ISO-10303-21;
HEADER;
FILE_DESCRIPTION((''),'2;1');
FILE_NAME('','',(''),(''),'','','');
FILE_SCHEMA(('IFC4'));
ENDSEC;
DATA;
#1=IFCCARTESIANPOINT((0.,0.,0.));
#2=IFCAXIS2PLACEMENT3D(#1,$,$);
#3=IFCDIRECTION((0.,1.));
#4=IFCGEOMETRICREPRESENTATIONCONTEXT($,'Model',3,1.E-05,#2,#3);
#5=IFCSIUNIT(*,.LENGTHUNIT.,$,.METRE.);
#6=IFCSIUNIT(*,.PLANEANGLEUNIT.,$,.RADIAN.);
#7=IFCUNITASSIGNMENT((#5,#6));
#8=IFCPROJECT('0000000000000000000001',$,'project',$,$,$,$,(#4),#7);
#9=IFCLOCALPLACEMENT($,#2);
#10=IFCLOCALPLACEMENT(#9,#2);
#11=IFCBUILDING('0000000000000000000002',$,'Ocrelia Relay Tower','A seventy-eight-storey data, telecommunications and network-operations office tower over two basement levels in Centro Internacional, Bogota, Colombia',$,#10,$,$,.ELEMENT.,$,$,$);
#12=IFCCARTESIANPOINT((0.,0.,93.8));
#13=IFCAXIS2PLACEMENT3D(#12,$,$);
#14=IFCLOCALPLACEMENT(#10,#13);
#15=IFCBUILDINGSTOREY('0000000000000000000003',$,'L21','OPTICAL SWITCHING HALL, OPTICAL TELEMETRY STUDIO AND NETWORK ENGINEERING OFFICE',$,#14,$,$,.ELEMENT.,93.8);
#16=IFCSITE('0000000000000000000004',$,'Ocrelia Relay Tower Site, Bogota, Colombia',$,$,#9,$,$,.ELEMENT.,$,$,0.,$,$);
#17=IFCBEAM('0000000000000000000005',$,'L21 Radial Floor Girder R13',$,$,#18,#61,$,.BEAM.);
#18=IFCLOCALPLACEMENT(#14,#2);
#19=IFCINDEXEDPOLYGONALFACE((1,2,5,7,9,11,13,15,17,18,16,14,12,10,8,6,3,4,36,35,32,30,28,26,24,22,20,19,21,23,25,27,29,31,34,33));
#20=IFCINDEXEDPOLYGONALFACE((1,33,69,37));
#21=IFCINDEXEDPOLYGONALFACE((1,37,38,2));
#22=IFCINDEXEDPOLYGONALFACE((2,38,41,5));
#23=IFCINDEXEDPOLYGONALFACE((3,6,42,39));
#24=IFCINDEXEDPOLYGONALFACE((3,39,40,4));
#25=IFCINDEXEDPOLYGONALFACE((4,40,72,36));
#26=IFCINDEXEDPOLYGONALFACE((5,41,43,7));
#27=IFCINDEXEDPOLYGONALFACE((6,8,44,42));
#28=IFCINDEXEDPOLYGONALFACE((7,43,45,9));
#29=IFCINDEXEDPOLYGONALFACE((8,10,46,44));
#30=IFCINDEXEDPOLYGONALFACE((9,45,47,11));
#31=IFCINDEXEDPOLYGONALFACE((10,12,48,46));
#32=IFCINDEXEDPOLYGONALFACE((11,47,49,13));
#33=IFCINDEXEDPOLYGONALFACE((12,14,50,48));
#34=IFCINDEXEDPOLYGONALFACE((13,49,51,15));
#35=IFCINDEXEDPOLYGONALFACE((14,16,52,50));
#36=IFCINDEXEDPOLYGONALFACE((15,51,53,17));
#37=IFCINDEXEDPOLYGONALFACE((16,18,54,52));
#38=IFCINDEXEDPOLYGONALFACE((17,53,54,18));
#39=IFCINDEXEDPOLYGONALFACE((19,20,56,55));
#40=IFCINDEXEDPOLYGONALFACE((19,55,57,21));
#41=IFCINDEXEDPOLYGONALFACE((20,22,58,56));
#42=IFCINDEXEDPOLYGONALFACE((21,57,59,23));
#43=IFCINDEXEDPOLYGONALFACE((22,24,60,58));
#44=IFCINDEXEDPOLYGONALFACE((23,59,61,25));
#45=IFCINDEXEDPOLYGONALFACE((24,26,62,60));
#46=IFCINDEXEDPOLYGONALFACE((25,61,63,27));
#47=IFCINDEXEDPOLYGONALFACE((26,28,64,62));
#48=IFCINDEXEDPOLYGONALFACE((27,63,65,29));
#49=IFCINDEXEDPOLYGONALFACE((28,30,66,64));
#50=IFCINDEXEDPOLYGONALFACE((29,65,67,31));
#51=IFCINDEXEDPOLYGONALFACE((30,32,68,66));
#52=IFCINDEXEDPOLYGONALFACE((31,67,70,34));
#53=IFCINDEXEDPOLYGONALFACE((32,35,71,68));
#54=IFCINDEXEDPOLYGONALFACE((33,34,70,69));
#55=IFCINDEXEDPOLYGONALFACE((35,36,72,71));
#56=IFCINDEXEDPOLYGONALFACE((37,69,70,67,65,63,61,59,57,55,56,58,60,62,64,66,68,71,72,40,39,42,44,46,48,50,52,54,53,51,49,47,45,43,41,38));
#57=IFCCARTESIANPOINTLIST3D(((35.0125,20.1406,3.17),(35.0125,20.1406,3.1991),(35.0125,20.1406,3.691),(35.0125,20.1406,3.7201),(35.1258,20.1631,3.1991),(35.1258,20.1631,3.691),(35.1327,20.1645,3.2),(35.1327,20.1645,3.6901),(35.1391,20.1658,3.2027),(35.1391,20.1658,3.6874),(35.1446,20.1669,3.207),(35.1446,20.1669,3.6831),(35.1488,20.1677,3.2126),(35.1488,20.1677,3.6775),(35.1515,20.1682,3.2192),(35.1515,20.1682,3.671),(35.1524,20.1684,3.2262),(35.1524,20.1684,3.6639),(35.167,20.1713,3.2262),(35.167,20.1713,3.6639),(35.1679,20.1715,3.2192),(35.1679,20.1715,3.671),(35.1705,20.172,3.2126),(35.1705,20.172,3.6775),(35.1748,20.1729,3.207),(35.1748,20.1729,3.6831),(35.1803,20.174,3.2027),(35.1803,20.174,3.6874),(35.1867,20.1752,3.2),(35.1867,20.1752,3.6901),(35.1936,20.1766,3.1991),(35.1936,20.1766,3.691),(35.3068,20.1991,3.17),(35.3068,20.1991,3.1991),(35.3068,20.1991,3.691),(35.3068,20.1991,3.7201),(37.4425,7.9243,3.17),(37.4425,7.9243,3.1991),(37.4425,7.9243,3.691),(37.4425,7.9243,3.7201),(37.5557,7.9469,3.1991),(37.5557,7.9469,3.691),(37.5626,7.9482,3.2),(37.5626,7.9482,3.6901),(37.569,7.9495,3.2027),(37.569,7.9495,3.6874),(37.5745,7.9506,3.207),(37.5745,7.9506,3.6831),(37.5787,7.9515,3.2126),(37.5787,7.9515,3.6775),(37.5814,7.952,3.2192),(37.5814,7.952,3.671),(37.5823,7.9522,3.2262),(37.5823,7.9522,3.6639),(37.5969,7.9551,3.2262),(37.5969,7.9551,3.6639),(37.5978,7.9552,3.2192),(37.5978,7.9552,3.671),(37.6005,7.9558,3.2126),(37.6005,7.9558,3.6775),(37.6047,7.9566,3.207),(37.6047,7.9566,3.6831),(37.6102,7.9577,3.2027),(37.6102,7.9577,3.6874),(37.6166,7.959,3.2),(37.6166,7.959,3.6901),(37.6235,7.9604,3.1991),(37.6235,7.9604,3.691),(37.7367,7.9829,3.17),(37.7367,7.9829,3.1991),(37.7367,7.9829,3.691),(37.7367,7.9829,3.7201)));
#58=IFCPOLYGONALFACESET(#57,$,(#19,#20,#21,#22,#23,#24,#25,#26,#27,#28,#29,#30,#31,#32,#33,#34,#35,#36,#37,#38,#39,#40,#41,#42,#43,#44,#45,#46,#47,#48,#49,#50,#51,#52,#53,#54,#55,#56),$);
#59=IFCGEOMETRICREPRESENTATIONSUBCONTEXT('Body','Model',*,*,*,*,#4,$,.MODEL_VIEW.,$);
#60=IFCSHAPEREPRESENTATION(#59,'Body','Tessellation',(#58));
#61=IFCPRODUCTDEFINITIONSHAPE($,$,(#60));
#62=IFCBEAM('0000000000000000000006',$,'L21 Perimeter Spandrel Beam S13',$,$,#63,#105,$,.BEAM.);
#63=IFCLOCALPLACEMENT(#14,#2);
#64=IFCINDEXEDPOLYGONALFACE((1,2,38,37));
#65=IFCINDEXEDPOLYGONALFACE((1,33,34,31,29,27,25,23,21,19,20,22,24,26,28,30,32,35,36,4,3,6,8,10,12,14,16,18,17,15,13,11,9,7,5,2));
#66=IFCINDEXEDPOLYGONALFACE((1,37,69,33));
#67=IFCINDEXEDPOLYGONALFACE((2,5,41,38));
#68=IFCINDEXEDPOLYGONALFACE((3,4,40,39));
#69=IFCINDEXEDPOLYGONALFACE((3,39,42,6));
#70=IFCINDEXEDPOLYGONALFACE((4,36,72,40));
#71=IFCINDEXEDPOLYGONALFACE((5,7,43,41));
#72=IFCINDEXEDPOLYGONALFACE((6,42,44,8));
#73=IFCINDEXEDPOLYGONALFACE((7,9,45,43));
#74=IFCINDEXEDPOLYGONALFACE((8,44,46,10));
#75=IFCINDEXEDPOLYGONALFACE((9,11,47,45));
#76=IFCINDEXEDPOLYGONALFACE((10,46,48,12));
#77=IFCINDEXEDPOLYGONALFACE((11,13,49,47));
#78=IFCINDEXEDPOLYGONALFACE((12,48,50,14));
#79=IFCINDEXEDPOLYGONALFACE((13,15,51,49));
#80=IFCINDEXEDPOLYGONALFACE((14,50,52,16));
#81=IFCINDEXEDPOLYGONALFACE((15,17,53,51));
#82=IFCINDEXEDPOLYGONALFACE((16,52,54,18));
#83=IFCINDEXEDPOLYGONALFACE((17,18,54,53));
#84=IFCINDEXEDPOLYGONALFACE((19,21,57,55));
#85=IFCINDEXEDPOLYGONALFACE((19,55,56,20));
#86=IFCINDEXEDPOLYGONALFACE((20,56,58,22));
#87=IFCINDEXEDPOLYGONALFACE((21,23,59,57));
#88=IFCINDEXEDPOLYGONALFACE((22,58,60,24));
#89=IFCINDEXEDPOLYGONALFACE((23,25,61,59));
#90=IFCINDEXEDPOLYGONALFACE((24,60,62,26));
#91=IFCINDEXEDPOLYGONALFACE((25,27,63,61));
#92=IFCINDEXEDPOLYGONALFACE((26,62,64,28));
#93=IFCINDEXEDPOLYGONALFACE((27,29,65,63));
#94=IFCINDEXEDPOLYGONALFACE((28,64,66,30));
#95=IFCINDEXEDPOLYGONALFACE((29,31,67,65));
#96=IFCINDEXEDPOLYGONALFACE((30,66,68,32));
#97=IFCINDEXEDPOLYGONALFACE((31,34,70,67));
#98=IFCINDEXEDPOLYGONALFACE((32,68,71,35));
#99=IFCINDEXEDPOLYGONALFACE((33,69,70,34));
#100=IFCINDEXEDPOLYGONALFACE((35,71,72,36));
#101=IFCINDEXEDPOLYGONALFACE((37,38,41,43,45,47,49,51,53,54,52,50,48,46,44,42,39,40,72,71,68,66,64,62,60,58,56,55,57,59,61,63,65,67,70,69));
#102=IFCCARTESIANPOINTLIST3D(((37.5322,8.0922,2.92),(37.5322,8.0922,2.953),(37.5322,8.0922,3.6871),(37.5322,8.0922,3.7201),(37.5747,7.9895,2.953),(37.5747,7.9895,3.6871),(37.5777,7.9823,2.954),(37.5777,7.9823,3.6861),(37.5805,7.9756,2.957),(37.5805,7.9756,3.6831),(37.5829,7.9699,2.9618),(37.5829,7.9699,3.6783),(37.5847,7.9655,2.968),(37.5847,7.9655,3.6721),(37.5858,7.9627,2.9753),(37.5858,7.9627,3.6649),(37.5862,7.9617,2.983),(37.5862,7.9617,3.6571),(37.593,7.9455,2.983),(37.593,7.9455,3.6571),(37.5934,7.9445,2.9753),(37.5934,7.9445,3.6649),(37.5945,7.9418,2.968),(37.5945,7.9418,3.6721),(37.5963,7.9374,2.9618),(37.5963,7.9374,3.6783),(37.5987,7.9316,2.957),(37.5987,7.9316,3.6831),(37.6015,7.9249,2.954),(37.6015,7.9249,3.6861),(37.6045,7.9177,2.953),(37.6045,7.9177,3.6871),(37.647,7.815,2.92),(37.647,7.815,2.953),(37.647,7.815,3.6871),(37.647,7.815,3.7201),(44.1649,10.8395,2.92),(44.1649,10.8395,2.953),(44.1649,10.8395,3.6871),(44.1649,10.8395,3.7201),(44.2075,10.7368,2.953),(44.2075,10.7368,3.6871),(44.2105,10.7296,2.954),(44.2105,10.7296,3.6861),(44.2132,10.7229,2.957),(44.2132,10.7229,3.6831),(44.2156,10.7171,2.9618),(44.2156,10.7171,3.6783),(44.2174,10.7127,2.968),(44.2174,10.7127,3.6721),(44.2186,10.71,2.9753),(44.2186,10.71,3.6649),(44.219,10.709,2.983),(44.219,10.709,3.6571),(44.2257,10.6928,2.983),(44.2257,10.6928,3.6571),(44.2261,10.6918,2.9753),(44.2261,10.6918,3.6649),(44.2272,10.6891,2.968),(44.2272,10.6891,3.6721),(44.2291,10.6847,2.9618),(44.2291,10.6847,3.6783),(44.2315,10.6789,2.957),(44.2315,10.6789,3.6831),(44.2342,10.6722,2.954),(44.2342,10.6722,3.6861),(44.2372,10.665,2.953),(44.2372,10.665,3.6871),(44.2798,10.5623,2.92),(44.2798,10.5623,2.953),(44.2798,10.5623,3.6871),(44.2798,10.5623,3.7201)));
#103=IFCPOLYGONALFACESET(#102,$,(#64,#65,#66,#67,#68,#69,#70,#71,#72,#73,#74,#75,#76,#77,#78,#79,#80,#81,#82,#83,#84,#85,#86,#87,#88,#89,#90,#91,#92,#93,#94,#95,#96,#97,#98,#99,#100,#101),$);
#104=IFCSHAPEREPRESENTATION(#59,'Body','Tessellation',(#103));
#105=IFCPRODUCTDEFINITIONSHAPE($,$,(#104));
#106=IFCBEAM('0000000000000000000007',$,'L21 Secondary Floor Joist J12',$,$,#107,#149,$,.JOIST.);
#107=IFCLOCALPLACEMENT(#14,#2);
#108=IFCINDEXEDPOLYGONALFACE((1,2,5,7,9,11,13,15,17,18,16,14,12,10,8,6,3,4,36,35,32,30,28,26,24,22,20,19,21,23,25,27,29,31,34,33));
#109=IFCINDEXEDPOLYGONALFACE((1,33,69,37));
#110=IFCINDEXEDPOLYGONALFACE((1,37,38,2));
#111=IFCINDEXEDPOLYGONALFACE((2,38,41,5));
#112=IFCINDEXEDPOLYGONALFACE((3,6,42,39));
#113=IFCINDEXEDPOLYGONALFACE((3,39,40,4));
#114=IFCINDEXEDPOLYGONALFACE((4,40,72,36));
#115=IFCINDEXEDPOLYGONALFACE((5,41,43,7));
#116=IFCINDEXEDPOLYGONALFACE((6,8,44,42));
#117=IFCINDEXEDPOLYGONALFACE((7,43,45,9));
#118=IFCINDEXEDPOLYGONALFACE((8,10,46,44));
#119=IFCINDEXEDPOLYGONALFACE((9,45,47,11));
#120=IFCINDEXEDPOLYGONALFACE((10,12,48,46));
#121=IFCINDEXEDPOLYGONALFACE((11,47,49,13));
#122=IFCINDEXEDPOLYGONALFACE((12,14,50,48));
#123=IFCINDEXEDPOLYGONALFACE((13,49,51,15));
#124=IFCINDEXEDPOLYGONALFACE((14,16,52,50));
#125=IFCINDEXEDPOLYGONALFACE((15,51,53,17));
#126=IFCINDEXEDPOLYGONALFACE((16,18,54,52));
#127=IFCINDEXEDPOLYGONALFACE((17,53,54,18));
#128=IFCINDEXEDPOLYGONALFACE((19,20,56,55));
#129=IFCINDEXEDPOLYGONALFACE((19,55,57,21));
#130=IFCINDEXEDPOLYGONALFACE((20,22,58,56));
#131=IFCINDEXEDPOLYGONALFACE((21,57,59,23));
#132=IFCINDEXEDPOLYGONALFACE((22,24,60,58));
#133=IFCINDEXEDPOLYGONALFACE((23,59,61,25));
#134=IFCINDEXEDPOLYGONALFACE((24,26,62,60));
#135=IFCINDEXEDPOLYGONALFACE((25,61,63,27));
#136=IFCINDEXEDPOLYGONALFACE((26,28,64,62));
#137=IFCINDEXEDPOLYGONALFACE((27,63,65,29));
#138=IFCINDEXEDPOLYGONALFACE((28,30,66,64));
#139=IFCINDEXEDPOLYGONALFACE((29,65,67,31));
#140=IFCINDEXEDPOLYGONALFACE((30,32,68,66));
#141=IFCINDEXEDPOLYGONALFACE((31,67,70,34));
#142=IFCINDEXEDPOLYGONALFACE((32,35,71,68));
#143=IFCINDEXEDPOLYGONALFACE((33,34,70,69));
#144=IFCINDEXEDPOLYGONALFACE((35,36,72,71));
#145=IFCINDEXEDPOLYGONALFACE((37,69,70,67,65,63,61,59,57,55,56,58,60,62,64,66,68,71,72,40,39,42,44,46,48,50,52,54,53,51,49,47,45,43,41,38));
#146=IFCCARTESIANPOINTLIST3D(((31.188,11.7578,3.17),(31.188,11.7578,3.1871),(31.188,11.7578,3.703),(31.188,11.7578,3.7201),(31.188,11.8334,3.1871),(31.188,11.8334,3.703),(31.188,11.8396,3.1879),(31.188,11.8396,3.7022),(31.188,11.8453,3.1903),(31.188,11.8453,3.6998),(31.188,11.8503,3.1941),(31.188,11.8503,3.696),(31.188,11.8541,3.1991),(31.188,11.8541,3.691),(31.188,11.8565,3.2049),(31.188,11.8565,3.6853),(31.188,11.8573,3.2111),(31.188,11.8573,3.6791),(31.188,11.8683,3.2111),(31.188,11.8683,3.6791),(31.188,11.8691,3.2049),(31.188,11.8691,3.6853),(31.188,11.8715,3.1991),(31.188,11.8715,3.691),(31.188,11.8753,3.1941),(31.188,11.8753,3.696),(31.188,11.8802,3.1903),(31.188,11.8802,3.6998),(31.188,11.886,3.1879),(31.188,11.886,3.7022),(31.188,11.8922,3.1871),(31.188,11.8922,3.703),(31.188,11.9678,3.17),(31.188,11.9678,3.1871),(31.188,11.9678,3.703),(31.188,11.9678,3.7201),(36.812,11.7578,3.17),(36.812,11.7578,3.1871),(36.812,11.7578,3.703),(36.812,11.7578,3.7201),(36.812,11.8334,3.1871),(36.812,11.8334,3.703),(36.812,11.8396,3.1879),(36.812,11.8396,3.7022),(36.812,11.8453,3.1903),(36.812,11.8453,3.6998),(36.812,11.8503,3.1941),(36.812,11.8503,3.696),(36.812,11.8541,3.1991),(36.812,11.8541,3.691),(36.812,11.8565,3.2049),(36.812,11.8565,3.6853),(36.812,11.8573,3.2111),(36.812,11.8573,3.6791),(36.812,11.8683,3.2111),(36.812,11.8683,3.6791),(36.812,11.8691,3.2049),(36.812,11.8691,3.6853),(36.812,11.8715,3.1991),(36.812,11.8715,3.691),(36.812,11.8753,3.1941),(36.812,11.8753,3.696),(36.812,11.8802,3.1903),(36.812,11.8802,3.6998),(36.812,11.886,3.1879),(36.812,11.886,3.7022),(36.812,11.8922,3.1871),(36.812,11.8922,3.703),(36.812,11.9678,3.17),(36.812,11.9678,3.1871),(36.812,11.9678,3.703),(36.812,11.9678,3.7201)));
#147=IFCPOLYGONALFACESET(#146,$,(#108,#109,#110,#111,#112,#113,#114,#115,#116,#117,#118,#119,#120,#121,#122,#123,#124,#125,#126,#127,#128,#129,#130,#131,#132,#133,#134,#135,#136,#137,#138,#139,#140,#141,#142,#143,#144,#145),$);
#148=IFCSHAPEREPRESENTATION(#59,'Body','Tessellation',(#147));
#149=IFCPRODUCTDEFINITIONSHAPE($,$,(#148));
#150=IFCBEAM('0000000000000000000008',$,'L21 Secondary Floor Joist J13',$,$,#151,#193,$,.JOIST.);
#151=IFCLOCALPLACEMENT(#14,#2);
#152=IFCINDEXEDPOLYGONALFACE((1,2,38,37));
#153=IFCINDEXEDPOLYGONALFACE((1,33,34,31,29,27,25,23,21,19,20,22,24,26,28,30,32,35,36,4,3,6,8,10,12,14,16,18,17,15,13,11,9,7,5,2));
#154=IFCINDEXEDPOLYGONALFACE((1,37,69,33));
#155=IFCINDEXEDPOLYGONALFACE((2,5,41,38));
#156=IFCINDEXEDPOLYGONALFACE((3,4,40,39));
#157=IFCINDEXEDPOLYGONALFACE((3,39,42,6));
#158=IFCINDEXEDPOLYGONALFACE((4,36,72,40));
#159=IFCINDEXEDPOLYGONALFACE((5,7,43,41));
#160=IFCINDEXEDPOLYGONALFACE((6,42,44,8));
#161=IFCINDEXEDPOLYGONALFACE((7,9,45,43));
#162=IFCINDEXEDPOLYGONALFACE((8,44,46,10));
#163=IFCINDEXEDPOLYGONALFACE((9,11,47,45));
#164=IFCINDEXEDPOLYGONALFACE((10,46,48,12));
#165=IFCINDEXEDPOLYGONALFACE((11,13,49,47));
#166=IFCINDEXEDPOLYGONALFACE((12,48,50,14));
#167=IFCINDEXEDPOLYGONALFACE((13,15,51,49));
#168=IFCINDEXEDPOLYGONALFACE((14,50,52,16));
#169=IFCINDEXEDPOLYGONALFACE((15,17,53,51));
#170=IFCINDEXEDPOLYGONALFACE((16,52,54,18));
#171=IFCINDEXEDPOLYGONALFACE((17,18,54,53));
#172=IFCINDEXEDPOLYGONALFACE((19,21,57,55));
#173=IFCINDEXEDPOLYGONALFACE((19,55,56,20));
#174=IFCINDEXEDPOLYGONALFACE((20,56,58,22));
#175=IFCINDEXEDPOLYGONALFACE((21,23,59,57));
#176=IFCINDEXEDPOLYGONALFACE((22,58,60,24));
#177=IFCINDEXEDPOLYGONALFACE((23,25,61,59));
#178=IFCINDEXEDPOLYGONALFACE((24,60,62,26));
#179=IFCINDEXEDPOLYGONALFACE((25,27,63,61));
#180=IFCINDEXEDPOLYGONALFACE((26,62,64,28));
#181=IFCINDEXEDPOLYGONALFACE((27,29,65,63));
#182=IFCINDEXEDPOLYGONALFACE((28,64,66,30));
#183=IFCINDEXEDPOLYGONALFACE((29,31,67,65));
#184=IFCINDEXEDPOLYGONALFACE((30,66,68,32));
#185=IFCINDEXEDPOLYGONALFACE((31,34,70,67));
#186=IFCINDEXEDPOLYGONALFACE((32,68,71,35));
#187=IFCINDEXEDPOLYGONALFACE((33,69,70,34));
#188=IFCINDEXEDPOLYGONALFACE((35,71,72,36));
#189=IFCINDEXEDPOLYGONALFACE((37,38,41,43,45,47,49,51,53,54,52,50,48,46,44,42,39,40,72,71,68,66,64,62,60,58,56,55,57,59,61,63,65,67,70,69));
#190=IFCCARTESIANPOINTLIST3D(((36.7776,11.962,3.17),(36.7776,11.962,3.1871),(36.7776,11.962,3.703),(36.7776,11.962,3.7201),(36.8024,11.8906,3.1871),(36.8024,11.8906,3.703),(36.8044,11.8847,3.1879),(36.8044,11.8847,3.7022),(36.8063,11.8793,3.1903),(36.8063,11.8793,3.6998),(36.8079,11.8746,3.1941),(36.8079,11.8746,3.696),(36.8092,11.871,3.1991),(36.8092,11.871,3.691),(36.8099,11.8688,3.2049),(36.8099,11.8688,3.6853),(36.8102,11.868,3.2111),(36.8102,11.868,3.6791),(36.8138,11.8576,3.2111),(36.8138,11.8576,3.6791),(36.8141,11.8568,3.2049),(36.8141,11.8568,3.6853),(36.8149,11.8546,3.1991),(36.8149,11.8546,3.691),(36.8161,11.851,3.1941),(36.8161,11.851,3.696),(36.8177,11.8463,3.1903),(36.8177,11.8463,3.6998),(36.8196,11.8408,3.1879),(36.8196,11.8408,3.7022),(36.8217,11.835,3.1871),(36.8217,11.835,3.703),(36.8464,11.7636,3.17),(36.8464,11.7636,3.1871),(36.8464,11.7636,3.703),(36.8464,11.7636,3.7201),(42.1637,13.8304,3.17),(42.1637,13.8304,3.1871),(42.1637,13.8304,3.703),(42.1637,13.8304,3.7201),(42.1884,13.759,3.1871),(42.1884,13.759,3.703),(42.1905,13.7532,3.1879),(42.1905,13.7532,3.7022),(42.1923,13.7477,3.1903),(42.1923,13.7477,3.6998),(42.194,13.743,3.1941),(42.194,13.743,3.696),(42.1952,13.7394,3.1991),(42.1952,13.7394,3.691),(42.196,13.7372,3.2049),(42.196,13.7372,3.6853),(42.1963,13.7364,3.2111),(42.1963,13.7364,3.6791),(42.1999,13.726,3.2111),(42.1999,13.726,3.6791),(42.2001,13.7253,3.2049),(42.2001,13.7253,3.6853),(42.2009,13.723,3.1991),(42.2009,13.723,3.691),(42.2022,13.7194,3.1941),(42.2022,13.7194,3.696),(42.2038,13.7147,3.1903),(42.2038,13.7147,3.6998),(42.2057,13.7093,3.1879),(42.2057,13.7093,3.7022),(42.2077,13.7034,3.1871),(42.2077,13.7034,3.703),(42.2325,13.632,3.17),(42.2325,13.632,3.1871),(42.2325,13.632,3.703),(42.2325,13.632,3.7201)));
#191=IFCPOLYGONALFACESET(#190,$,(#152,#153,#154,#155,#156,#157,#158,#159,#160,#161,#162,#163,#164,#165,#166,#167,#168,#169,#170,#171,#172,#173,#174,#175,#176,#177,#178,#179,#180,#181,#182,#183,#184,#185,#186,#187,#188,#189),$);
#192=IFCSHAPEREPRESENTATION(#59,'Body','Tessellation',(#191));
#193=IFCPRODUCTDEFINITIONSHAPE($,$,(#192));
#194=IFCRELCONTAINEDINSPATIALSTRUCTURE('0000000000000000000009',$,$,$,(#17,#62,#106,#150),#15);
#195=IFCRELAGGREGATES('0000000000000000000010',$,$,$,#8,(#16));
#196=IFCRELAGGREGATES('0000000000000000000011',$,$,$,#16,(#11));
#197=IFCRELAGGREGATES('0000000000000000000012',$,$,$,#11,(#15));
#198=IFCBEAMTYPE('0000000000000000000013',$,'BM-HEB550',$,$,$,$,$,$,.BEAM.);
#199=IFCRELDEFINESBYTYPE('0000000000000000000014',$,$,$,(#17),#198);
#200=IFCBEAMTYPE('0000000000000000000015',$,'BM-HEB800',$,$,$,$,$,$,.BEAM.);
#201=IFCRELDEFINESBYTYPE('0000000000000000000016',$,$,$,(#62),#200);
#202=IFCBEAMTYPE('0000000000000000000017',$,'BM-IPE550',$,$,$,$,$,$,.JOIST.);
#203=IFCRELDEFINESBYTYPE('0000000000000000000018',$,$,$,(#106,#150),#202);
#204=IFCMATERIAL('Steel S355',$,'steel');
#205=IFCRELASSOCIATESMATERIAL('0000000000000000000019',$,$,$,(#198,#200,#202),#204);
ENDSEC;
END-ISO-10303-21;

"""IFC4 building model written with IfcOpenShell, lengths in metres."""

from ifc_helpers import new_model, si_unit, direction, frame, origin, origin_2d, place, context, subcontext, project, spatial, i_section, extrude, material, material_profile, profile_set, type_object, element, save


model = new_model("IFC4")

# Units and contexts
model_context = context("Model", 3, precision=1e-05, world=origin(), true_north=direction((0.0, 1.0)))
body_context = subcontext(model_context, "Body", "Model", "MODEL_VIEW")
ifc_project = project(units=[si_unit("LENGTHUNIT", "METRE"), si_unit("PLANEANGLEUNIT", "RADIAN")], contexts=[model_context])

# Site, building, storey
site_placement = place(None, origin())
site = spatial("IfcSite", under=ifc_project, at=site_placement, Name="Ocrelia Relay Tower Site, Bogota, Colombia", CompositionType="ELEMENT", RefElevation=0.0)
building_placement = place(site_placement, origin())
building = spatial("IfcBuilding", under=site, at=building_placement, Name="Ocrelia Relay Tower", Description="A seventy-eight-storey data, telecommunications and network-operations office tower over two basement levels in Centro Internacional, Bogota, Colombia", CompositionType="ELEMENT")
storey_placement = place(building_placement, frame((0.0, 0.0, 93.8)))
storey = spatial("IfcBuildingStorey", under=building, at=storey_placement, Name="L21", Description="OPTICAL SWITCHING HALL, OPTICAL TELEMETRY STUDIO AND NETWORK ENGINEERING OFFICE", CompositionType="ELEMENT", Elevation=93.8)

# Beams
ifc_material_1 = material(Name="Steel S355", Category="steel")
ifc_material_profile_1 = material_profile(ifc_material_1, i_section(OverallWidth=0.3, OverallDepth=0.55, WebThickness=0.0149, FlangeThickness=0.0291, FilletRadius=0.0271, at=origin_2d()), Name="HEB 550")
ifc_profile_set_1 = profile_set([ifc_material_profile_1], Name="Steel S355")
beam_type_1 = type_object("IfcBeamType", Name="BM-HEB550", PredefinedType="BEAM", material=ifc_profile_set_1)
beam_1_placement = place(storey_placement, frame((37.5896, 7.9536, 3.4451), z_axis=(-0.195087, 0.980786, 0.0), x_axis=(-0.980786, -0.195087, 0.0)))
element("IfcBeam", 1, at=beam_1_placement, inside=storey, type_object=beam_type_1, Name="L21 Radial Floor Girder R13", PredefinedType="BEAM", context=body_context, shape_type="SweptSolid", body=[
    extrude(i_section(OverallWidth=0.3, OverallDepth=0.55, WebThickness=0.0149, FlangeThickness=0.0291, FilletRadius=0.0271, at=origin_2d()), origin(), (0.0, 0.0, 1.0), 12.4556),
])
ifc_material_profile_2 = material_profile(ifc_material_1, i_section(OverallWidth=0.3, OverallDepth=0.8, WebThickness=0.0176, FlangeThickness=0.033, FilletRadius=0.03, at=origin_2d()), Name="HEB 800")
ifc_profile_set_2 = profile_set([ifc_material_profile_2], Name="Steel S355")
beam_type_2 = type_object("IfcBeamType", Name="BM-HEB800", PredefinedType="BEAM", material=ifc_profile_set_2)
beam_2_placement = place(storey_placement, frame((37.5896, 7.9536, 3.3201), z_axis=(0.923884, 0.382673, 0.0), x_axis=(-0.382673, 0.923884, 0.0)))
element("IfcBeam", 2, at=beam_2_placement, inside=storey, type_object=beam_type_2, Name="L21 Perimeter Spandrel Beam S13", PredefinedType="BEAM", context=body_context, shape_type="SweptSolid", body=[
    extrude(i_section(OverallWidth=0.3, OverallDepth=0.8, WebThickness=0.0176, FlangeThickness=0.033, FilletRadius=0.03, at=origin_2d()), origin(), (0.0, 0.0, 1.0), 7.1792),
])
ifc_material_profile_3 = material_profile(ifc_material_1, i_section(OverallWidth=0.21, OverallDepth=0.55, WebThickness=0.011, FlangeThickness=0.0171, FilletRadius=0.0239, at=origin_2d()), Name="IPE 550")
ifc_profile_set_3 = profile_set([ifc_material_profile_3], Name="Steel S355")
beam_type_3 = type_object("IfcBeamType", Name="BM-IPE550", PredefinedType="JOIST", material=ifc_profile_set_3)
beam_3_placement = place(storey_placement, frame((31.188, 11.8628, 3.4451), z_axis=(1.0, 0.0, 0.0), x_axis=(0.0, 1.0, 0.0)))
element("IfcBeam", 3, at=beam_3_placement, inside=storey, type_object=beam_type_3, Name="L21 Secondary Floor Joist J12", PredefinedType="JOIST", context=body_context, shape_type="SweptSolid", body=[
    extrude(i_section(OverallWidth=0.21, OverallDepth=0.55, WebThickness=0.011, FlangeThickness=0.0171, FilletRadius=0.0239, at=origin_2d()), origin(), (0.0, 0.0, 1.0), 5.624),
])
beam_4_placement = place(storey_placement, frame((36.812, 11.8628, 3.4451), z_axis=(0.944767, 0.327741, 0.0), x_axis=(-0.327741, 0.944767, 0.0)))
element("IfcBeam", 4, at=beam_4_placement, inside=storey, type_object=beam_type_3, Name="L21 Secondary Floor Joist J13", PredefinedType="JOIST", context=body_context, shape_type="SweptSolid", body=[
    extrude(i_section(OverallWidth=0.21, OverallDepth=0.55, WebThickness=0.011, FlangeThickness=0.0171, FilletRadius=0.0239, at=origin_2d()), origin(), (0.0, 0.0, 1.0), 5.7009),
])

save(model, "model.ifc")
